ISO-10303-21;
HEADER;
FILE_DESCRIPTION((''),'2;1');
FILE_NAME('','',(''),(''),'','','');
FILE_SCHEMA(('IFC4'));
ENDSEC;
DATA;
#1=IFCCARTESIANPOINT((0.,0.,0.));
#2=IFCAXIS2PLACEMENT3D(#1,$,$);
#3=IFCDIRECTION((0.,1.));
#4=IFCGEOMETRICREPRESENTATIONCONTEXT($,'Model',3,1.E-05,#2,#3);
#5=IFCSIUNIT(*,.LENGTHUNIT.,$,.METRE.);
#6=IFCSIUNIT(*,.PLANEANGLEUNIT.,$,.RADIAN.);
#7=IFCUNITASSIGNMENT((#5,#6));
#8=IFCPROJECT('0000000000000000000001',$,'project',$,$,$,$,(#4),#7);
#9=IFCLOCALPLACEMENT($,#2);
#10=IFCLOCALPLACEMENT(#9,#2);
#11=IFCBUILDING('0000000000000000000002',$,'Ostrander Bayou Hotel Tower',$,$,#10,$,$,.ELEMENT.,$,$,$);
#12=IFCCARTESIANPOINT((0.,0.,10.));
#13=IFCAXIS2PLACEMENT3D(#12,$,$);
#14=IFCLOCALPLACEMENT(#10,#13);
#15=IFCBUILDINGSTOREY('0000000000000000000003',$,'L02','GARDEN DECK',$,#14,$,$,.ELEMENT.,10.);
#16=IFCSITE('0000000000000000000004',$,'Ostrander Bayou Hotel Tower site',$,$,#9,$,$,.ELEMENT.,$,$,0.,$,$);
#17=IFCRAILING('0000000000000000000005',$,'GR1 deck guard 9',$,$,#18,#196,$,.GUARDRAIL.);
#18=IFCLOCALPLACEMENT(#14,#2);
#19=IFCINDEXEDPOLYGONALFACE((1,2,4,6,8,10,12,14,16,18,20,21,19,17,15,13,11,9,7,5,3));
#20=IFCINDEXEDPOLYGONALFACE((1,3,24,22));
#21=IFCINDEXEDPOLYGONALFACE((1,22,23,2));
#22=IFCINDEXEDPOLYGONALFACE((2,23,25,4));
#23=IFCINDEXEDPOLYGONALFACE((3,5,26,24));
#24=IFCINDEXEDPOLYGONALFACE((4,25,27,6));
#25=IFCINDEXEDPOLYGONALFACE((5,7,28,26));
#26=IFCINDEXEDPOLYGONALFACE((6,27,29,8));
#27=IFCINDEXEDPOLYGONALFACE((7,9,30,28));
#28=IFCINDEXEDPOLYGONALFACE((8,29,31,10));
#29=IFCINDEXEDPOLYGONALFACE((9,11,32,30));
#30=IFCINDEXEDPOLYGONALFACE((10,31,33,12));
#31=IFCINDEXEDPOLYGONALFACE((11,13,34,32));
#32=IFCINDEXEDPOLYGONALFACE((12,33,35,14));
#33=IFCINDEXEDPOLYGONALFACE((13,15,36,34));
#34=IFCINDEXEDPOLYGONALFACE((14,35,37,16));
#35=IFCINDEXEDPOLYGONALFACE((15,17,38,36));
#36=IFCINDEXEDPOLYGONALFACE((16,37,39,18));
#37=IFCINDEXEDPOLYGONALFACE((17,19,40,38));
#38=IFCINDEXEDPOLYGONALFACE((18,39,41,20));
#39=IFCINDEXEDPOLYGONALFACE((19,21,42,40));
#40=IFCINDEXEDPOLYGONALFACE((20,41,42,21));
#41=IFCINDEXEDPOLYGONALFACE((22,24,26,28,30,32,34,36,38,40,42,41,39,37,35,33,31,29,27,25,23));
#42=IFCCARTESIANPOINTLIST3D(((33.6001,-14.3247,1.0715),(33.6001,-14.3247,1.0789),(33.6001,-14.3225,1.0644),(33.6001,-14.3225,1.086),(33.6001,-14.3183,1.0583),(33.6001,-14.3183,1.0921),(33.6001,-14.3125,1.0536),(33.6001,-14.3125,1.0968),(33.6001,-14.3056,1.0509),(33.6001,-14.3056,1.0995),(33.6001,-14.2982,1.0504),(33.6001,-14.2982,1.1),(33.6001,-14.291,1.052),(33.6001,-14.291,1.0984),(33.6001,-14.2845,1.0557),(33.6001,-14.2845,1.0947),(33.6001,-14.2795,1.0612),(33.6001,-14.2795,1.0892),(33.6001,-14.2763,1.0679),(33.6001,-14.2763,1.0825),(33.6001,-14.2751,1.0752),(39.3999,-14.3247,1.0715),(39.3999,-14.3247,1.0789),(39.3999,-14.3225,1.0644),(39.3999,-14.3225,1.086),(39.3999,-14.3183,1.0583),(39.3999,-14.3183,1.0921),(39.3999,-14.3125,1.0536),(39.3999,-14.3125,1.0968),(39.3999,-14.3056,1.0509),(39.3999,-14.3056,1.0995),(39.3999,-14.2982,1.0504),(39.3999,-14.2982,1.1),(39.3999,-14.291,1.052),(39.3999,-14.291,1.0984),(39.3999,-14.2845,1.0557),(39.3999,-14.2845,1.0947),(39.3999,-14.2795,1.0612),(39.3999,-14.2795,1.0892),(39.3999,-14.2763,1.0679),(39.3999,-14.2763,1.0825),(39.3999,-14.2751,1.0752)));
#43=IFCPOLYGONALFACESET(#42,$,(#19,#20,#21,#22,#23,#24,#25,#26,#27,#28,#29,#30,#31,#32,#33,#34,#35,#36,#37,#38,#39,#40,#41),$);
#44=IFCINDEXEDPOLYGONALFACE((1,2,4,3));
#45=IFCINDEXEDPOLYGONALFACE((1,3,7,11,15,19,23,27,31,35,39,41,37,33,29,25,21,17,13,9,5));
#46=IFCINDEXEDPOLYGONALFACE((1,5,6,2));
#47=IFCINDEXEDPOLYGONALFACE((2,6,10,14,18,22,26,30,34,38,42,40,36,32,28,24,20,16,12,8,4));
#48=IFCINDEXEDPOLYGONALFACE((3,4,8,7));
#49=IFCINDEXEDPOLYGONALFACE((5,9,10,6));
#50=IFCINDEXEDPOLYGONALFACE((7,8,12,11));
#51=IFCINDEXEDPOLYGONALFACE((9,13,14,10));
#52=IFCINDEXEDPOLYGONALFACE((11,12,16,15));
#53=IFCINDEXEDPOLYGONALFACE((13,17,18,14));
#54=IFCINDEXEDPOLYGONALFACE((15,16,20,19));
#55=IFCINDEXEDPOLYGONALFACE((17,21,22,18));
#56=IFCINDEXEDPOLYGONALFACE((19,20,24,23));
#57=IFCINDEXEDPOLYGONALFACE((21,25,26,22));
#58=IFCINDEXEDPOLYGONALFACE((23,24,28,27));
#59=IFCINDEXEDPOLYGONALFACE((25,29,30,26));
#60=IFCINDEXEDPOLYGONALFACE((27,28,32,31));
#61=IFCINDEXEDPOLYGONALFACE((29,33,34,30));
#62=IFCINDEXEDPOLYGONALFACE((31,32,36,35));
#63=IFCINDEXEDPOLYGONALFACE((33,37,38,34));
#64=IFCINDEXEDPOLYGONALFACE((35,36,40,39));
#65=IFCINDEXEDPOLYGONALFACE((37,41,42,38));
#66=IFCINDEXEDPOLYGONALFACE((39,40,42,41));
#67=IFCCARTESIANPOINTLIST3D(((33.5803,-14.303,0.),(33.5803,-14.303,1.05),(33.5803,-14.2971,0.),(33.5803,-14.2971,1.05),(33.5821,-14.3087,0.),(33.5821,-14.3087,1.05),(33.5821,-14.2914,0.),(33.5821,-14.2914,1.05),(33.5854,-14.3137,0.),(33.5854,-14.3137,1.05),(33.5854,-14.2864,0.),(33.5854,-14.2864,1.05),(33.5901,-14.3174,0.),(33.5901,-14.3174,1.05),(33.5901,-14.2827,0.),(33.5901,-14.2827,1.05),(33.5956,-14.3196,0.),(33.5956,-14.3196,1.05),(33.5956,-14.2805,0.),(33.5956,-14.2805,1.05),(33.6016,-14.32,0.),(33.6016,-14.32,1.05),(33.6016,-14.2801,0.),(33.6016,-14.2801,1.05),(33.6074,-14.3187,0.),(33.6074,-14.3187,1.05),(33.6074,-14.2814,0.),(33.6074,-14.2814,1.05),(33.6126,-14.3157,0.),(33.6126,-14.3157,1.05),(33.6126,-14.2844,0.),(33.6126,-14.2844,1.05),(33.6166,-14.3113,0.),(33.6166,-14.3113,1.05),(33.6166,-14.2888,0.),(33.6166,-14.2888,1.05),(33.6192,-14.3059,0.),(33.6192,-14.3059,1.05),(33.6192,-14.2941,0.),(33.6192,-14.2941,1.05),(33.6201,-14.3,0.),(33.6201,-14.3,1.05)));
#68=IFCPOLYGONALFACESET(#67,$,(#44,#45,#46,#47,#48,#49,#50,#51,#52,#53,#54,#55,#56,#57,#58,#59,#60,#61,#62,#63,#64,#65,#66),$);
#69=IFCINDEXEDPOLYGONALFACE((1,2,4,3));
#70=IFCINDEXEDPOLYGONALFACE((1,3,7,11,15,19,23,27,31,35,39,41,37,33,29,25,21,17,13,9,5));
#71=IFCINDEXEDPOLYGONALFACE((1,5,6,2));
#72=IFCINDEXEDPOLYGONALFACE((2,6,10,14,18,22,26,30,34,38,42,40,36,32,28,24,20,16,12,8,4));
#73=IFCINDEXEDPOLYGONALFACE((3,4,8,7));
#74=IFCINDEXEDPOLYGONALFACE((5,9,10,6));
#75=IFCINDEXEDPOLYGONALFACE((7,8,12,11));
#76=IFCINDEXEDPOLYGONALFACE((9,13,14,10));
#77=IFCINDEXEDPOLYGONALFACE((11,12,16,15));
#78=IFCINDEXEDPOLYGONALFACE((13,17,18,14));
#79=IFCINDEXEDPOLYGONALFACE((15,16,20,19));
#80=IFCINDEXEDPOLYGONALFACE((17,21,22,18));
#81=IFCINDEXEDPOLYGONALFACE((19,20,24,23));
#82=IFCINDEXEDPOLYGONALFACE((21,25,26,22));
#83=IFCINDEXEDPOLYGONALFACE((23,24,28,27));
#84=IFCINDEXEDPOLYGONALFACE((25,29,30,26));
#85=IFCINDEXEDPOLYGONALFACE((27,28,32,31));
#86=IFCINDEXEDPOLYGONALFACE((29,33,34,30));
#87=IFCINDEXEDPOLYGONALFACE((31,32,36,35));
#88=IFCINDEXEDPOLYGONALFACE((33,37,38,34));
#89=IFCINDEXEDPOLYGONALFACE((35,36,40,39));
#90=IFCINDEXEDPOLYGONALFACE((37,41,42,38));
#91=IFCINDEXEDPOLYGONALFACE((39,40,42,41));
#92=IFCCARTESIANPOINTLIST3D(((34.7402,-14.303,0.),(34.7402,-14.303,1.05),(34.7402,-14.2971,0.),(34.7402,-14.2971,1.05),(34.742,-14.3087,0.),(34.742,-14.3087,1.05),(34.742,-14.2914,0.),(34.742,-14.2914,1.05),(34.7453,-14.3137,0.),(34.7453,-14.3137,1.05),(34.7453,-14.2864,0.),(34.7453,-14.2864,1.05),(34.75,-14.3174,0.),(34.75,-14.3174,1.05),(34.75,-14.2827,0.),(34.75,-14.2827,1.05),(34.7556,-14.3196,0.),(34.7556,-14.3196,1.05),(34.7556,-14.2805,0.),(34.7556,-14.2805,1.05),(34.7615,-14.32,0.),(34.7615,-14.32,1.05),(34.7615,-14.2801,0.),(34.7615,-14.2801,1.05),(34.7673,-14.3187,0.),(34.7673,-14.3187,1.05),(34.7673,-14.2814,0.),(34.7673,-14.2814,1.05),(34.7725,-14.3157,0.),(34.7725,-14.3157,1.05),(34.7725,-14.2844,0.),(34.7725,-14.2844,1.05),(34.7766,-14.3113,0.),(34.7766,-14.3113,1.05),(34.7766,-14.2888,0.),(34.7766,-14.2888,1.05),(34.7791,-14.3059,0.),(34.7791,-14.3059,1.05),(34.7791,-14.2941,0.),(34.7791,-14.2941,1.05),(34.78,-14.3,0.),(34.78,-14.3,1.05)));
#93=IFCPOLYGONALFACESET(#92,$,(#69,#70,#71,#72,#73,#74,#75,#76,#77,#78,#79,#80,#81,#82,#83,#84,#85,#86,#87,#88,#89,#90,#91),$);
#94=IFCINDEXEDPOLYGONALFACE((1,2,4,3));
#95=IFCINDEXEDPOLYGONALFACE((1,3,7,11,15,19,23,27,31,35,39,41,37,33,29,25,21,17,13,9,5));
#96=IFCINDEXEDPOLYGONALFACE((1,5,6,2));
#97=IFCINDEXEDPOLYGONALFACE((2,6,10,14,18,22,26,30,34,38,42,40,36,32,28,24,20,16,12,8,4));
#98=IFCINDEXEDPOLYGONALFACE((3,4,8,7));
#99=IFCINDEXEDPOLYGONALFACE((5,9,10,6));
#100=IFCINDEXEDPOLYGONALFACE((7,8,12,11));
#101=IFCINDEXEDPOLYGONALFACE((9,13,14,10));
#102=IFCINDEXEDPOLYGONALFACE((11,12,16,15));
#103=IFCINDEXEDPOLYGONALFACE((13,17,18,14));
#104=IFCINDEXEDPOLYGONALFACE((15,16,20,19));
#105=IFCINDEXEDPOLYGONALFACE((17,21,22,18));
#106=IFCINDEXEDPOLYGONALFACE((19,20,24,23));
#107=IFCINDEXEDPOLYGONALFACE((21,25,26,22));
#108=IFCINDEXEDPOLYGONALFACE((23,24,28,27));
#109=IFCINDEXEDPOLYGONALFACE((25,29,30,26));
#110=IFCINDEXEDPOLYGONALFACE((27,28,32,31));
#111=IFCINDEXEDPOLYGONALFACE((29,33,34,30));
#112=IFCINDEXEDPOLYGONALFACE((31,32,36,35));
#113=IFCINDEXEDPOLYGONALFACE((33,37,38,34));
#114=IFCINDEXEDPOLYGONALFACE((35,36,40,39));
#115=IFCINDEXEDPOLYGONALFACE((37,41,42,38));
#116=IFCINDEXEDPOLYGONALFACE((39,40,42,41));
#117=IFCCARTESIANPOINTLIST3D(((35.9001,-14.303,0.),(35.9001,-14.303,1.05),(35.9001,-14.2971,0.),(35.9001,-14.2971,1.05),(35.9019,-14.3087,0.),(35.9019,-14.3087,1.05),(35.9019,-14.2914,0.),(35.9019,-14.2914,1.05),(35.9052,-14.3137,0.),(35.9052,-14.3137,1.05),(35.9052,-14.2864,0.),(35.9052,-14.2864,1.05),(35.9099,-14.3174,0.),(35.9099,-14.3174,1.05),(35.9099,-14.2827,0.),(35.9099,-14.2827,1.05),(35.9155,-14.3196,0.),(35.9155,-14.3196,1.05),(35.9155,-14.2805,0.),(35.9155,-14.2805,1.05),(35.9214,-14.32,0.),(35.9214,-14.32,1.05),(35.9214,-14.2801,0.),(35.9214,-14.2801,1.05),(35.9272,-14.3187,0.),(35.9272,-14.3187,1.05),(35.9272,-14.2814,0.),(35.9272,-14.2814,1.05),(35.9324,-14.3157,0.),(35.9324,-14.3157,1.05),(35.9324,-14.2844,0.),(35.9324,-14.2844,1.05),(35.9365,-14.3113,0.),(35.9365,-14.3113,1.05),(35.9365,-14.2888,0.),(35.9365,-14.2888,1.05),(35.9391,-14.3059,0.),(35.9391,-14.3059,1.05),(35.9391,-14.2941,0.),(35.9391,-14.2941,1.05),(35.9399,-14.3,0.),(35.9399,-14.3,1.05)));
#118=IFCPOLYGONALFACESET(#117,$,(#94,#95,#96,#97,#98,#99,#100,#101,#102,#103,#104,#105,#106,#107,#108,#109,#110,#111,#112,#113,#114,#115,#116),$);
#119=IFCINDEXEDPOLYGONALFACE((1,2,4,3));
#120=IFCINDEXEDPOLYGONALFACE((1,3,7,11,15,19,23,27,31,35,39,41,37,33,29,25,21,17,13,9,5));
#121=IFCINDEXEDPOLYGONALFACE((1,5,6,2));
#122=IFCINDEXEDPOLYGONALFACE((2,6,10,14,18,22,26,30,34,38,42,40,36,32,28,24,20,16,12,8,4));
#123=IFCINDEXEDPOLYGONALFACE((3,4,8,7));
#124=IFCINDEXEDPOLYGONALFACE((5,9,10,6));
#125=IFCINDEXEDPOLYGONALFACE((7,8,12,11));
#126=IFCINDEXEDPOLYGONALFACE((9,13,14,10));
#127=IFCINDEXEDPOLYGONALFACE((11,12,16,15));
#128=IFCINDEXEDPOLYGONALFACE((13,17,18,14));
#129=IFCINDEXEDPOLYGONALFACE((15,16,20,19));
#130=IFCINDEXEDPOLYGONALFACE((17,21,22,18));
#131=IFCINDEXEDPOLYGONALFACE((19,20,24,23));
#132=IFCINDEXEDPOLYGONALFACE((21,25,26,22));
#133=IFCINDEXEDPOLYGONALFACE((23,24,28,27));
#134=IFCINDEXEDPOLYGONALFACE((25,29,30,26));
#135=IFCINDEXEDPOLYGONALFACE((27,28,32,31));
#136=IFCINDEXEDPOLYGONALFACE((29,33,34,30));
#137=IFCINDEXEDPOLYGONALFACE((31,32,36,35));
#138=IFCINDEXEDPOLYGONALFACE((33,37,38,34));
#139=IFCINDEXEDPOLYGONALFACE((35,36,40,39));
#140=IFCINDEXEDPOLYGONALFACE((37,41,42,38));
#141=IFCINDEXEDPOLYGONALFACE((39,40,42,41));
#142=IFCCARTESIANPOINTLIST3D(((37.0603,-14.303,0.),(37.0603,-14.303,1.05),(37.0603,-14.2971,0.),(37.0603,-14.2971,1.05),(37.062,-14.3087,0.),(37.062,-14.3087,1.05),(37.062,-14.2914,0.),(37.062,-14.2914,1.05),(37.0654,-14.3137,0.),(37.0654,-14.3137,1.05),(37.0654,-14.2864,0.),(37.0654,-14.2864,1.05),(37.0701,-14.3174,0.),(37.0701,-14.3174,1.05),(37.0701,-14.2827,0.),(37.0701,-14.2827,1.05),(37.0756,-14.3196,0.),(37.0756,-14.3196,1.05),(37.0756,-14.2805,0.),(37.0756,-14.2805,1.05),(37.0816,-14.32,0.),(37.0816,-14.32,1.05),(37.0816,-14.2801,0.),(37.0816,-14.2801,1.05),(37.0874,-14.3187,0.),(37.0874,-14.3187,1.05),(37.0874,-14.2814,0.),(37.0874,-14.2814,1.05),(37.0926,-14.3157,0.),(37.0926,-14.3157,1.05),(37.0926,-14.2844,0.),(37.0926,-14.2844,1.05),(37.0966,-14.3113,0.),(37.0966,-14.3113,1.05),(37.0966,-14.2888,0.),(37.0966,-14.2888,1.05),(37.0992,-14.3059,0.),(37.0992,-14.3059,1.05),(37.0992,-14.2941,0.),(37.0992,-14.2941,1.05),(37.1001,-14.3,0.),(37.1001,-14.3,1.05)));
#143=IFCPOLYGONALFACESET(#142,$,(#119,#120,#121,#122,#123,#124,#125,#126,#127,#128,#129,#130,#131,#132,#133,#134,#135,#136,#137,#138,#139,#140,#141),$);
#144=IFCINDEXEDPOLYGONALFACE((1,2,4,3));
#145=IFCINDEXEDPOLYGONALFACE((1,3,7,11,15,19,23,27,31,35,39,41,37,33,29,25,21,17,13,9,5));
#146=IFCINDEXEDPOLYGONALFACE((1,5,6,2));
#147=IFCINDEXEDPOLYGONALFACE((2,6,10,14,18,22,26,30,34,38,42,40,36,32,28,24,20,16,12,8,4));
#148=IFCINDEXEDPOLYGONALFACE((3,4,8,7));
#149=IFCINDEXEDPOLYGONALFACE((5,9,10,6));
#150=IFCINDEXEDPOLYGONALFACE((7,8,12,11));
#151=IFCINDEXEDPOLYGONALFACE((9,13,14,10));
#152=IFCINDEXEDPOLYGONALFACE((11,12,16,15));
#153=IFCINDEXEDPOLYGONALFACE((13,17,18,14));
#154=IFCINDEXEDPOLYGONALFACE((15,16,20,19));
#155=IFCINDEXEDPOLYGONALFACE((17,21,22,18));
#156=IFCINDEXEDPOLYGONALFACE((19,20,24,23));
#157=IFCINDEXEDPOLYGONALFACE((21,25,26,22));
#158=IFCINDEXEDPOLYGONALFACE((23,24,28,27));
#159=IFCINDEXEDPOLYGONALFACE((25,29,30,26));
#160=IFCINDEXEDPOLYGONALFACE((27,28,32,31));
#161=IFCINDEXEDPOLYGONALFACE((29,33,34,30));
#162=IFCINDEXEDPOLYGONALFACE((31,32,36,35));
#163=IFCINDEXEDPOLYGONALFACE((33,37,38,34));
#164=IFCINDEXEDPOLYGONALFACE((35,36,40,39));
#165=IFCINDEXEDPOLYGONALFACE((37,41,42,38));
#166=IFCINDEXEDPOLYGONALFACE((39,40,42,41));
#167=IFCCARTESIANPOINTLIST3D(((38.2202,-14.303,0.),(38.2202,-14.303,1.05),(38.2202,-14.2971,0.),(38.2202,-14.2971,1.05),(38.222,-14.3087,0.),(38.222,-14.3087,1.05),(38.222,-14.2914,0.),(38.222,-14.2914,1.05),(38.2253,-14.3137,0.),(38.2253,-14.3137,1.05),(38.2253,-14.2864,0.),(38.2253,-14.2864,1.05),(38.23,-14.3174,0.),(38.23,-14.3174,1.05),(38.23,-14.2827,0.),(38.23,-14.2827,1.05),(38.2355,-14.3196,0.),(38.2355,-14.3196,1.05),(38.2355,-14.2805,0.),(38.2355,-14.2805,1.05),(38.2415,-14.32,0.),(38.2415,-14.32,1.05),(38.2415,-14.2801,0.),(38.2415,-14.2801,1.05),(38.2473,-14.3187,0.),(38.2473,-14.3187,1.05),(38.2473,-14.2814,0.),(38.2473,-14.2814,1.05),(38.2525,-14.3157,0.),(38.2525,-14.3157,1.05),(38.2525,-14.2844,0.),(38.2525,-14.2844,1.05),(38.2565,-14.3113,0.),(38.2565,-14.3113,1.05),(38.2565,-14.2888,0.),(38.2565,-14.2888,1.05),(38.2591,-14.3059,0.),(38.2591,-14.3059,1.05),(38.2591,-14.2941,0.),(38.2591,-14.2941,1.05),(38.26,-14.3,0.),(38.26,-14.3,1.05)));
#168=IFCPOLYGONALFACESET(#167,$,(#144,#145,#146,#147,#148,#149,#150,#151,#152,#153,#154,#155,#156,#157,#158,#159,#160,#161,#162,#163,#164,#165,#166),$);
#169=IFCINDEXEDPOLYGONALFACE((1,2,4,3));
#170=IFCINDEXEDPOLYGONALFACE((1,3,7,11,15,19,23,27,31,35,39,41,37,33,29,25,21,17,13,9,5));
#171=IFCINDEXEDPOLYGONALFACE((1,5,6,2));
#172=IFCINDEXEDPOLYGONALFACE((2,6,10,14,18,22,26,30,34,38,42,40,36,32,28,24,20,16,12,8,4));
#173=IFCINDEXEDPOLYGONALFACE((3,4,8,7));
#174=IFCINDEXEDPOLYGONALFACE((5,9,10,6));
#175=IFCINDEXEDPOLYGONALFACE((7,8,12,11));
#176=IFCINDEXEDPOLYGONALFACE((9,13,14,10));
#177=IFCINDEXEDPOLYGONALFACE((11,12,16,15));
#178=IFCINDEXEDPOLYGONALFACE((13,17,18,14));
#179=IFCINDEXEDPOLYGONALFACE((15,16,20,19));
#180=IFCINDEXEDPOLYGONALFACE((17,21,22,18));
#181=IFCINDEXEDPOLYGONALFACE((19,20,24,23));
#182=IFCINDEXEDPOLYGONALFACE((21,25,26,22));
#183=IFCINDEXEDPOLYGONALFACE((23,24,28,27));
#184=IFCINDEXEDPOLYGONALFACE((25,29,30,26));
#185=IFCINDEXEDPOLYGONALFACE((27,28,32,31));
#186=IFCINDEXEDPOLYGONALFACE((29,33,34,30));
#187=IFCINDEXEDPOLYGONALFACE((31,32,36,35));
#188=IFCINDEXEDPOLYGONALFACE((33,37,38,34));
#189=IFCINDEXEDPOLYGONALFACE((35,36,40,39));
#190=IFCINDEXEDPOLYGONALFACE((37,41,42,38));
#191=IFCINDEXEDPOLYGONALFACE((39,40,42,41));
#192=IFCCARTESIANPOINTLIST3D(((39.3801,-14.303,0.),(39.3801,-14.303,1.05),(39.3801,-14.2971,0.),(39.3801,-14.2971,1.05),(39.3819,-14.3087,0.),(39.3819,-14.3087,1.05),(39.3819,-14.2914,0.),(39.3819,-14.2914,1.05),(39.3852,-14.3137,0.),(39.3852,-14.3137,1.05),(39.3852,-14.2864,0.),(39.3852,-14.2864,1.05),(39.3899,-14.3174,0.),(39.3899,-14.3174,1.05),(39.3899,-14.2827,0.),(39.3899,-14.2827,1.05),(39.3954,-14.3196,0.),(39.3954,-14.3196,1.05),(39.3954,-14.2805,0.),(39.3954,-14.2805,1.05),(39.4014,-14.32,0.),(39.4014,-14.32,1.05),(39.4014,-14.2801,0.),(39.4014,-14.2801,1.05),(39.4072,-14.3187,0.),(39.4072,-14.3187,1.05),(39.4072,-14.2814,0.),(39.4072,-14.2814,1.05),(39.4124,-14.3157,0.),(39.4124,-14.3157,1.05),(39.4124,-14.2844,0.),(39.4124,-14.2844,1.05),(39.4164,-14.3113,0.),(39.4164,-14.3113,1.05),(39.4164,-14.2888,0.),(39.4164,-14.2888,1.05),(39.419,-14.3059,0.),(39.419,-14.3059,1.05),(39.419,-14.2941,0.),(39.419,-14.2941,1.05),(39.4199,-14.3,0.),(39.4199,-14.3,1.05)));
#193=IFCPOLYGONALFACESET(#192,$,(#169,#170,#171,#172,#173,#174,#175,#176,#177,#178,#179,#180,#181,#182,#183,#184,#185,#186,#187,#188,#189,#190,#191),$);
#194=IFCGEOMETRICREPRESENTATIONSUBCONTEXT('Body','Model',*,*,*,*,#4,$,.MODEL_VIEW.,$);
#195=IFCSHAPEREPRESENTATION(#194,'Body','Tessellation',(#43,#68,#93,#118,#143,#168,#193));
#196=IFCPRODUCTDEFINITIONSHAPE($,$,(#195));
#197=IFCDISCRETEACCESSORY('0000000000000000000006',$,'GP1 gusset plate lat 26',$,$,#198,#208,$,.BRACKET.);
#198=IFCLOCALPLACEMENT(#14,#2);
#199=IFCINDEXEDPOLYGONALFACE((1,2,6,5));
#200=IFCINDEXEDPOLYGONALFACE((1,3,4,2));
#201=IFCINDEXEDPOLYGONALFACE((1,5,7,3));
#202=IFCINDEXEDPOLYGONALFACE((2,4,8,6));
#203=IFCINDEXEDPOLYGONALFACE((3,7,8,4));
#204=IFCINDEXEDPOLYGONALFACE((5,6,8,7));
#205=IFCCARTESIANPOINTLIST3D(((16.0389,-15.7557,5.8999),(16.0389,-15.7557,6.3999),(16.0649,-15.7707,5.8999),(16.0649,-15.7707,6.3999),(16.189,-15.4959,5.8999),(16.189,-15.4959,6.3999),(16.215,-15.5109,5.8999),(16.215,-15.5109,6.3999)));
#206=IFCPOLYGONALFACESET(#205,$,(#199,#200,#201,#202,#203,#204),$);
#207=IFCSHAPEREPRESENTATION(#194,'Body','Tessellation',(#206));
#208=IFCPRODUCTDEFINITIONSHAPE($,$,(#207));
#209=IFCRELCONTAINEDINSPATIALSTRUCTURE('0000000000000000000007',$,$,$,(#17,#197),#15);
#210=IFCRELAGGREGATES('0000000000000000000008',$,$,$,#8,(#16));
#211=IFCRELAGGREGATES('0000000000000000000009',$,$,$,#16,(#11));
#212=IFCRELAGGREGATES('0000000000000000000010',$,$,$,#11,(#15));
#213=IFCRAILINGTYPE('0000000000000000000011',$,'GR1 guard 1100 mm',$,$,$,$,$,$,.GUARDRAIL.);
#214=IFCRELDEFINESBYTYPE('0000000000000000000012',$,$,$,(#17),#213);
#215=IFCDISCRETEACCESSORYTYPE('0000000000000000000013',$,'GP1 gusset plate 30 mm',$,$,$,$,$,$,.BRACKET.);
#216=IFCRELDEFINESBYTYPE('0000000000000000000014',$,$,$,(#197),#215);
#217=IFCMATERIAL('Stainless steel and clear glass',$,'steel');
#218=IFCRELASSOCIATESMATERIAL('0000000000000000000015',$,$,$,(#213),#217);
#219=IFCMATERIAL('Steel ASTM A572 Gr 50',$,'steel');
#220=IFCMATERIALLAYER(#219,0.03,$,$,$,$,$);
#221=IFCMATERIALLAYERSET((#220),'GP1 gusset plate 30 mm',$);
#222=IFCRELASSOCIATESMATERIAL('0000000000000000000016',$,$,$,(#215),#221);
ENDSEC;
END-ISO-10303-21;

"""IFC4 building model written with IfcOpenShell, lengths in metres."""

from ifc_helpers import new_model, si_unit, direction, frame, origin, origin_2d, place, context, subcontext, project, spatial, rectangle, circle, extrude, material, layer, layer_set, type_object, element, save


model = new_model("IFC4")

# Units and contexts
model_context = context("Model", 3, precision=1e-05, world=origin(), true_north=direction((0.0, 1.0)))
body_context = subcontext(model_context, "Body", "Model", "MODEL_VIEW")
ifc_project = project(units=[si_unit("LENGTHUNIT", "METRE"), si_unit("PLANEANGLEUNIT", "RADIAN")], contexts=[model_context])

# Site, building, storey
site_placement = place(None, origin())
site = spatial("IfcSite", under=ifc_project, at=site_placement, Name="Ostrander Bayou Hotel Tower site", CompositionType="ELEMENT", RefElevation=0.0)
building_placement = place(site_placement, origin())
building = spatial("IfcBuilding", under=site, at=building_placement, Name="Ostrander Bayou Hotel Tower", CompositionType="ELEMENT")
storey_placement = place(building_placement, frame((0.0, 0.0, 10.0)))
storey = spatial("IfcBuildingStorey", under=building, at=storey_placement, Name="L02", Description="GARDEN DECK", CompositionType="ELEMENT", Elevation=10.0)

# Railing
ifc_material_1 = material(Name="Stainless steel and clear glass", Category="steel")
railing_type = type_object("IfcRailingType", Name="GR1 guard 1100 mm", PredefinedType="GUARDRAIL", material=ifc_material_1)
railing_1_placement = place(storey_placement, frame((33.6001, -14.3, 0.0)))
element("IfcRailing", 1, at=railing_1_placement, inside=storey, type_object=railing_type, Name="GR1 deck guard 9", PredefinedType="GUARDRAIL", context=body_context, shape_type="SweptSolid", body=[
    extrude(circle(Radius=0.0249, at=origin_2d()), frame((0.0, 0.0, 1.0752), z_axis=(1.0, 0.0, 0.0), x_axis=(0.0, 1.0, 0.0)), (0.0, 0.0, 1.0), 5.7998),
    extrude(circle(Radius=0.02, at=origin_2d()), origin(), (0.0, 0.0, 1.0), 1.05),
    extrude(circle(Radius=0.02, at=origin_2d()), frame((1.1599, 0.0, 0.0)), (0.0, 0.0, 1.0), 1.05),
    extrude(circle(Radius=0.02, at=origin_2d()), frame((2.3198, 0.0, 0.0)), (0.0, 0.0, 1.0), 1.05),
    extrude(circle(Radius=0.02, at=origin_2d()), frame((3.48, 0.0, 0.0)), (0.0, 0.0, 1.0), 1.05),
    extrude(circle(Radius=0.02, at=origin_2d()), frame((4.6399, 0.0, 0.0)), (0.0, 0.0, 1.0), 1.05),
    extrude(circle(Radius=0.02, at=origin_2d()), frame((5.7998, 0.0, 0.0)), (0.0, 0.0, 1.0), 1.05),
])

# Discrete accessory
ifc_material_2 = material(Name="Steel ASTM A572 Gr 50", Category="steel")
ifc_layer_1 = layer(ifc_material_2, 0.03)
ifc_layer_set_1 = layer_set([ifc_layer_1], Name="GP1 gusset plate 30 mm")
discrete_accessory_type = type_object("IfcDiscreteAccessoryType", Name="GP1 gusset plate 30 mm", PredefinedType="BRACKET", material=ifc_layer_set_1)
for number, where, z_axis, x_axis, name in (
    (2, (16.127, -15.6333, 5.8999), (0.0, 0.0, 1.0), (0.5, 0.866025, 0.0), "GP1 gusset plate lat 26"),
):
    element("IfcDiscreteAccessory", number, at=place(storey_placement, frame(where, z_axis=z_axis, x_axis=x_axis)), inside=storey, type_object=discrete_accessory_type, Name=name, PredefinedType="BRACKET", context=body_context, shape_type="SweptSolid", body=[
        extrude(rectangle(XDim=0.3, YDim=0.03, at=origin_2d()), origin(), (0.0, 0.0, 1.0), 0.5),
    ])

save(model, "model.ifc")
